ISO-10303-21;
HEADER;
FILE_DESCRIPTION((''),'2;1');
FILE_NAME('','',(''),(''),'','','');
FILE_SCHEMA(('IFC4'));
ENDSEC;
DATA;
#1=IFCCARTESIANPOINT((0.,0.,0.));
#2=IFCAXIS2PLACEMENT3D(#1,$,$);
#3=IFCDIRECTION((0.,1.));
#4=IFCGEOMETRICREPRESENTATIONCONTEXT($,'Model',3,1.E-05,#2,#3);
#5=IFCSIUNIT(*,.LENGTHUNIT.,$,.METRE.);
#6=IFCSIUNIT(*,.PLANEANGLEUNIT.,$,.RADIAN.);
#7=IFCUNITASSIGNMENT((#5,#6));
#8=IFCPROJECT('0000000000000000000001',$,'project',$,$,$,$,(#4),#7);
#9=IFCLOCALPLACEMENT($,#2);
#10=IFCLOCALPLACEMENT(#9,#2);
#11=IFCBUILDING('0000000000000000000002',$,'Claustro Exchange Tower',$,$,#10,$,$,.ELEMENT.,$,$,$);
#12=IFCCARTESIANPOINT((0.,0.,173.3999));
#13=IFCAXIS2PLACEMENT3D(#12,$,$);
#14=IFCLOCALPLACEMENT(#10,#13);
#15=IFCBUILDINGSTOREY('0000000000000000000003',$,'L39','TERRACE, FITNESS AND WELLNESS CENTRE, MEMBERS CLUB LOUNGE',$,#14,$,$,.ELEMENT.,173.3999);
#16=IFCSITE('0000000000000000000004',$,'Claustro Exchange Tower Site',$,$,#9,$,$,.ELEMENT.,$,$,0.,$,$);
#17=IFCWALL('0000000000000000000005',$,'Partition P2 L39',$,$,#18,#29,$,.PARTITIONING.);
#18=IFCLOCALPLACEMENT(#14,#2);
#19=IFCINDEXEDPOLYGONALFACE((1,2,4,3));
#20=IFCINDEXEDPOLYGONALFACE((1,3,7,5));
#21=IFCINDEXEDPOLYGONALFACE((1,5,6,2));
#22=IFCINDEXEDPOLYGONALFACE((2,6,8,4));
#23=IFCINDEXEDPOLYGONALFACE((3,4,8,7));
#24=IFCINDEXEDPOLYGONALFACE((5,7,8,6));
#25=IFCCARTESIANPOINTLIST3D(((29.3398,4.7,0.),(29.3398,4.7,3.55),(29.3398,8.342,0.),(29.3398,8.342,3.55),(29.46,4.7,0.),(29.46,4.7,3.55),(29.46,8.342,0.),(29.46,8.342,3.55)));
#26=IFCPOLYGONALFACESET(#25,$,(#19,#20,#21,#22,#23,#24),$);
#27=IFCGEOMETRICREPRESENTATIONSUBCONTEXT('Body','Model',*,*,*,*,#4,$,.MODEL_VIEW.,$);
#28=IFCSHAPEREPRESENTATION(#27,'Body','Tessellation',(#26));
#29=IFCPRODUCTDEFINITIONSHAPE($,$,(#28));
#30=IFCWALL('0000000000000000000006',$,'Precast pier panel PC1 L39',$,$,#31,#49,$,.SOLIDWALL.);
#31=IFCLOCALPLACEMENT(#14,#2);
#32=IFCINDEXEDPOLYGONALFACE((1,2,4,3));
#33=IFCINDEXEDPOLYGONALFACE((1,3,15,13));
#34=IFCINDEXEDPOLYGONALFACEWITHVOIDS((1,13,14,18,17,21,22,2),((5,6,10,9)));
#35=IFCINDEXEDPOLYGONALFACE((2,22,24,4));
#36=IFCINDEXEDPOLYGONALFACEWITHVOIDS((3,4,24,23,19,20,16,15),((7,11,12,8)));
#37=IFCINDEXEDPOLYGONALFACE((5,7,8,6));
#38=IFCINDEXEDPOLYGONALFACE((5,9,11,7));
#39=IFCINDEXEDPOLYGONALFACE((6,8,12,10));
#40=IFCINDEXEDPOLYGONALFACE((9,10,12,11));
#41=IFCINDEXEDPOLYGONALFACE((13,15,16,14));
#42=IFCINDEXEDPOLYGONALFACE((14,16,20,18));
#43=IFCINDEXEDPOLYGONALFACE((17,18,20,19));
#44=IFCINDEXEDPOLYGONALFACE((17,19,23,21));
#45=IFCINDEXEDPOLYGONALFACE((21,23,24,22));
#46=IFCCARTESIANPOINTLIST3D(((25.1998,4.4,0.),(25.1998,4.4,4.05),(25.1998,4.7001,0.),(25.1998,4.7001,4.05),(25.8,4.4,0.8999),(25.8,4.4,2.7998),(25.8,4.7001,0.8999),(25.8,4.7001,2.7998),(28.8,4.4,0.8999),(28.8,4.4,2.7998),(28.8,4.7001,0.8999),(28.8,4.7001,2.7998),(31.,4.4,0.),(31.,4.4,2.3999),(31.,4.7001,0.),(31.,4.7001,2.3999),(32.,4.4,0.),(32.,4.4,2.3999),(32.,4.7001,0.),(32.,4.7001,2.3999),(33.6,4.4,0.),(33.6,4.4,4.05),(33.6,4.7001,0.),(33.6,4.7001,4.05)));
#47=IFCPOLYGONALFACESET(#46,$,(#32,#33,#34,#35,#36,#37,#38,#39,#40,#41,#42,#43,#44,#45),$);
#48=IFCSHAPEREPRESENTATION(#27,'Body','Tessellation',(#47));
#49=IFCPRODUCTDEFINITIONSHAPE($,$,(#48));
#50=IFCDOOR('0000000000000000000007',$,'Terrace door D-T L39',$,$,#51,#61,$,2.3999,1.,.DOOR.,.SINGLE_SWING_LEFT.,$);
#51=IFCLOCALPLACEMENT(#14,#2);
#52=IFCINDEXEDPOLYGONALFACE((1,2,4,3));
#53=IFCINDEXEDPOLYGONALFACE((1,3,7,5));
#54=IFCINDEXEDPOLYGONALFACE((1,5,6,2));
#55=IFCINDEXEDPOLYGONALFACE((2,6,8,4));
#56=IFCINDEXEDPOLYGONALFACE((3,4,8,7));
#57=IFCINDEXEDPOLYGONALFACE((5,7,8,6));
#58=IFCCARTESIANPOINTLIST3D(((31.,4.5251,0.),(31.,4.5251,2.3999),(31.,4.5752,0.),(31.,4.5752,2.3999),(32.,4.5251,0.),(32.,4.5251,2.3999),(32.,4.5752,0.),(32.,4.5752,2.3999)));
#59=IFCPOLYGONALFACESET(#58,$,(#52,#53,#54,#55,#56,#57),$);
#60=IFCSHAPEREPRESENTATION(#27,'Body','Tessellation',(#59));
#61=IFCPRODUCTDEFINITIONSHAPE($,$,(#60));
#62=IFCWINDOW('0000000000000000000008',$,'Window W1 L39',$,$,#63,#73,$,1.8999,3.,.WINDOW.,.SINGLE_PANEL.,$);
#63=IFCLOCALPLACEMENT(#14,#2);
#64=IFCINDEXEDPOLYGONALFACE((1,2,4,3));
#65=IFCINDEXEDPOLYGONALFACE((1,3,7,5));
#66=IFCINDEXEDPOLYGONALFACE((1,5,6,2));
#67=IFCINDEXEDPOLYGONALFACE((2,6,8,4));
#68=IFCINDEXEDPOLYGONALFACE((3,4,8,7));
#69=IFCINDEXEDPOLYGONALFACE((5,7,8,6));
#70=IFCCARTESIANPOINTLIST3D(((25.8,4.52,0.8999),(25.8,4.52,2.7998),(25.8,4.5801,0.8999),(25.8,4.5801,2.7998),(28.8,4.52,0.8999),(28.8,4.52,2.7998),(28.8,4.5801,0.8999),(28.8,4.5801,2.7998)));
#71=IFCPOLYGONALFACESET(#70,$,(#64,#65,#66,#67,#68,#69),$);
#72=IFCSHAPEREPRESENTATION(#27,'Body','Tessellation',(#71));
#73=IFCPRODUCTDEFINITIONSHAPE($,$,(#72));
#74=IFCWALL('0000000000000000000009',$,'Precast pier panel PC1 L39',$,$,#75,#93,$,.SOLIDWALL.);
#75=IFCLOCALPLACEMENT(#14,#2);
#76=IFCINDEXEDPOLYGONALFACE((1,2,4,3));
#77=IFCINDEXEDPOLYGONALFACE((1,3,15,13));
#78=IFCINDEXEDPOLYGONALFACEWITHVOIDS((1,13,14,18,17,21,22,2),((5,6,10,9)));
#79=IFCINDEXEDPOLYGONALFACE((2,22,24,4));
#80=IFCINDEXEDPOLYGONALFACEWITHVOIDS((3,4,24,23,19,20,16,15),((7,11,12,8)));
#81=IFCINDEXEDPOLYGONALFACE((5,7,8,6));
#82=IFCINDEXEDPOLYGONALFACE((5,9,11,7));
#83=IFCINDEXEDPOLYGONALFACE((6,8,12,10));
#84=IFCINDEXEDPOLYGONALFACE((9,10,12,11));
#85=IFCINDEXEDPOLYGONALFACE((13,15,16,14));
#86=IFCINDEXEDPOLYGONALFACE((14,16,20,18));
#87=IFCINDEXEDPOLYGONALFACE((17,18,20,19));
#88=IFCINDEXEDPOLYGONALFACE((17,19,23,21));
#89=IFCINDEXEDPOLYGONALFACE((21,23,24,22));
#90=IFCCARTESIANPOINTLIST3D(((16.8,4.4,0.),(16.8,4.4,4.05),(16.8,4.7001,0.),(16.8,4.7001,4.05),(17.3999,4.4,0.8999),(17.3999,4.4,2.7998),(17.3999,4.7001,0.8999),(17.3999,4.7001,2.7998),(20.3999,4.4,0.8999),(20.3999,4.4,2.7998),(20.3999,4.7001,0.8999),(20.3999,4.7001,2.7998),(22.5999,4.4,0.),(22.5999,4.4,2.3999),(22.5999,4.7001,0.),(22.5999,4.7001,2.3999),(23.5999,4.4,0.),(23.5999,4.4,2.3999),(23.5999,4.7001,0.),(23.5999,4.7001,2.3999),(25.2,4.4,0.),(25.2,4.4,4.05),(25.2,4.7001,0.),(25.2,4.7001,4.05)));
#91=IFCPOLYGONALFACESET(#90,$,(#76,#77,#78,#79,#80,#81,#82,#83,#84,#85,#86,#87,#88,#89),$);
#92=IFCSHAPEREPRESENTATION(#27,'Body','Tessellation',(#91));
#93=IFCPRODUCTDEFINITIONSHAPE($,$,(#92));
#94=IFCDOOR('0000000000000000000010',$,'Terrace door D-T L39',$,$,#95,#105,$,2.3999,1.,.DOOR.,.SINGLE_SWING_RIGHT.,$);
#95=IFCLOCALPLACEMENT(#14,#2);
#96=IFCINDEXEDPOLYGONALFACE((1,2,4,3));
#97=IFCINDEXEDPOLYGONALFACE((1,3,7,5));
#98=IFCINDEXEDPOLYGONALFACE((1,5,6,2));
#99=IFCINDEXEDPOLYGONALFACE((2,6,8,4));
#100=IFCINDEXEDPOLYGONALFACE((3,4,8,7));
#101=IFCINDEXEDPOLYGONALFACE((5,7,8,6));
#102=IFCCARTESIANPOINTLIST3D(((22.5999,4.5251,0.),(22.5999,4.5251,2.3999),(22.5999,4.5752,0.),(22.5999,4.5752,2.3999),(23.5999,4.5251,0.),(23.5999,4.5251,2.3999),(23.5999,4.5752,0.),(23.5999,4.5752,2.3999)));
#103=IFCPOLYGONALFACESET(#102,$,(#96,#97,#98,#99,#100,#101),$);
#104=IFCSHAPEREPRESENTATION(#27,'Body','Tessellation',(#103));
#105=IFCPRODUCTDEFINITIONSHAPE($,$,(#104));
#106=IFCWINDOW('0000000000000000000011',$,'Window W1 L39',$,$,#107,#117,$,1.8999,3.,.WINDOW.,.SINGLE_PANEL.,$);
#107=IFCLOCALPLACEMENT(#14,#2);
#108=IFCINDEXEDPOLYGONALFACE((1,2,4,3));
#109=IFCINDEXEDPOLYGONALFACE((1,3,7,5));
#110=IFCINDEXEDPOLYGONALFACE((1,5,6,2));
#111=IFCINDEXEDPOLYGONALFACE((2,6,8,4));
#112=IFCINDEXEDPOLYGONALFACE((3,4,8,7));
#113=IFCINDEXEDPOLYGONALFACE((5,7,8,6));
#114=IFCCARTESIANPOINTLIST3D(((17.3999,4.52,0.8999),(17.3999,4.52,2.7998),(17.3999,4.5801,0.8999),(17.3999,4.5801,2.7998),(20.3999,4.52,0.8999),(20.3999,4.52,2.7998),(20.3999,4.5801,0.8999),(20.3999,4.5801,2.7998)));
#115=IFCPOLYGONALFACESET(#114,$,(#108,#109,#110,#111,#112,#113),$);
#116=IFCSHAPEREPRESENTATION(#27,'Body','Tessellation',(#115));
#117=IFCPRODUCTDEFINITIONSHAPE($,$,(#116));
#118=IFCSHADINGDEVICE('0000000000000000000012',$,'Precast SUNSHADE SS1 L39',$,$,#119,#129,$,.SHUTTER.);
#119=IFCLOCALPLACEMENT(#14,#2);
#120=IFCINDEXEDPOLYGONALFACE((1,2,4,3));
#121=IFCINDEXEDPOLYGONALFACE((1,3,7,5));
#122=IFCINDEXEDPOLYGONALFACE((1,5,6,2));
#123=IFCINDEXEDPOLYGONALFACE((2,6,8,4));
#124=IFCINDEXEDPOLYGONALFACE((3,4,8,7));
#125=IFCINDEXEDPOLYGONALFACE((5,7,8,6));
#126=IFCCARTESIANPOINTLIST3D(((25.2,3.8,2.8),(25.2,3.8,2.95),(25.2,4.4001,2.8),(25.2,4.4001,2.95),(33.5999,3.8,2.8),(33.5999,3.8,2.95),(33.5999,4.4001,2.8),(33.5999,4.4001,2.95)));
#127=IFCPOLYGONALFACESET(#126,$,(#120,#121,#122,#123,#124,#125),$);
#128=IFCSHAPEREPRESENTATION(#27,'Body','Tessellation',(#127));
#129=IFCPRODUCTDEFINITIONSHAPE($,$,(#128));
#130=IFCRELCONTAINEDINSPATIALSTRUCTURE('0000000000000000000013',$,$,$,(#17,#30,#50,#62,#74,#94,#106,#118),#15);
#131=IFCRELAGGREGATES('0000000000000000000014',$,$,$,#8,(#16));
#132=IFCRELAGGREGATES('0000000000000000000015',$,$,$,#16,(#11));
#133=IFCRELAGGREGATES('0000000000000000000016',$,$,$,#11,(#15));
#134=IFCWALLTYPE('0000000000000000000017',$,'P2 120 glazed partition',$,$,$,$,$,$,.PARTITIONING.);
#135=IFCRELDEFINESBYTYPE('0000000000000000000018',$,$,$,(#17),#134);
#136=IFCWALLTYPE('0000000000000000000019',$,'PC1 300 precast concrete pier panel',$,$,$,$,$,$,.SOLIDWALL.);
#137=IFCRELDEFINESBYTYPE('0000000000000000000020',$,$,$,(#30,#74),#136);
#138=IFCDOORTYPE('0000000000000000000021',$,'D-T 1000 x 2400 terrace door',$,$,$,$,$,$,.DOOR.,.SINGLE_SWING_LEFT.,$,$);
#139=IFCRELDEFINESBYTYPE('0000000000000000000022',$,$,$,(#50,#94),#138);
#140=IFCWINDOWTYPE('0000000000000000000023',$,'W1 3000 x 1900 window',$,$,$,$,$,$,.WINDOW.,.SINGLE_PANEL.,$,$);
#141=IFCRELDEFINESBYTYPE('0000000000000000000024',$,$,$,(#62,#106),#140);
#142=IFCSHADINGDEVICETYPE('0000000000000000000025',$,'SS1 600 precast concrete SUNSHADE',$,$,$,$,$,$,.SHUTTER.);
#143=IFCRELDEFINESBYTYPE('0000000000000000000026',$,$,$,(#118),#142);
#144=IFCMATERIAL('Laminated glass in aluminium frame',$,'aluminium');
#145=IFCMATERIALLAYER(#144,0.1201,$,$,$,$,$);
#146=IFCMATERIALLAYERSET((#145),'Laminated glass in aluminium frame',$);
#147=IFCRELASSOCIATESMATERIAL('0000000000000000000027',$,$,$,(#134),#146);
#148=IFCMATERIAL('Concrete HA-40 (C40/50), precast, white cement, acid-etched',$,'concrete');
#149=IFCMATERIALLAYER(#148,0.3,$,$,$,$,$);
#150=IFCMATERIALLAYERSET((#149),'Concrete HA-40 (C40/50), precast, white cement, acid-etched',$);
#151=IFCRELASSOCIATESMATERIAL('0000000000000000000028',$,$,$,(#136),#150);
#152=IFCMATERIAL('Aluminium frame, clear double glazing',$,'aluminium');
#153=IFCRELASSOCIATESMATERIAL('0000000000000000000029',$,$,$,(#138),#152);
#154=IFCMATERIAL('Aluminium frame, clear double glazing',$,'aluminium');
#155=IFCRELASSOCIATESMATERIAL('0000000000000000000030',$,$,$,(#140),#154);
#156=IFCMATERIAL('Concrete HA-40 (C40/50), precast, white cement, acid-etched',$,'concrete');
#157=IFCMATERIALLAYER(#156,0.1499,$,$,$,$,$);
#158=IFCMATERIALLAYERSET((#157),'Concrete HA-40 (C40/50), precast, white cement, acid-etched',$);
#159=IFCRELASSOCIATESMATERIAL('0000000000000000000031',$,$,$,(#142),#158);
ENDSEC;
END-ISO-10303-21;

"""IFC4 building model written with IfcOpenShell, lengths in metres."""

from ifc_helpers import new_model, si_unit, direction, frame, frame_2d, origin, origin_2d, place, context, subcontext, project, spatial, rectangle, extrude, material, layer, layer_set, type_object, element, fill, save


model = new_model("IFC4")

# Units and contexts
model_context = context("Model", 3, precision=1e-05, world=origin(), true_north=direction((0.0, 1.0)))
body_context = subcontext(model_context, "Body", "Model", "MODEL_VIEW")
ifc_project = project(units=[si_unit("LENGTHUNIT", "METRE"), si_unit("PLANEANGLEUNIT", "RADIAN")], contexts=[model_context])

# Site, building, storey
site_placement = place(None, origin())
site = spatial("IfcSite", under=ifc_project, at=site_placement, Name="Claustro Exchange Tower Site", CompositionType="ELEMENT", RefElevation=0.0)
building_placement = place(site_placement, origin())
building = spatial("IfcBuilding", under=site, at=building_placement, Name="Claustro Exchange Tower", CompositionType="ELEMENT")
storey_placement = place(building_placement, frame((0.0, 0.0, 173.3999)))
storey = spatial("IfcBuildingStorey", under=building, at=storey_placement, Name="L39", Description="TERRACE, FITNESS AND WELLNESS CENTRE, MEMBERS CLUB LOUNGE", CompositionType="ELEMENT", Elevation=173.3999)

# Shared definitions
ifc_material_1 = material(Name="Laminated glass in aluminium frame", Category="aluminium")
ifc_layer_1 = layer(ifc_material_1, 0.1201)
ifc_layer_set_1 = layer_set([ifc_layer_1], Name="Laminated glass in aluminium frame")
wall_type_1 = type_object("IfcWallType", Name="P2 120 glazed partition", PredefinedType="PARTITIONING", material=ifc_layer_set_1)

# Wall
wall_1_placement = place(storey_placement, frame((29.3999, 4.7, 0.0), z_axis=(0.0, 0.0, 1.0), x_axis=(0.0, 1.0, 0.0)))
element("IfcWall", 1, at=wall_1_placement, inside=storey, type_object=wall_type_1, Name="Partition P2 L39", PredefinedType="PARTITIONING", context=body_context, shape_type="SweptSolid", body=[
    extrude(rectangle(XDim=3.6421, YDim=0.1201, at=frame_2d((1.821, 0.0))), origin(), (0.0, 0.0, 1.0), 3.55),
])

# Walls, openings, doors, windows
ifc_material_2 = material(Name="Concrete HA-40 (C40/50), precast, white cement, acid-etched", Category="concrete")
ifc_layer_2 = layer(ifc_material_2, 0.3)
ifc_layer_set_2 = layer_set([ifc_layer_2], Name="Concrete HA-40 (C40/50), precast, white cement, acid-etched")
wall_type_2 = type_object("IfcWallType", Name="PC1 300 precast concrete pier panel", PredefinedType="SOLIDWALL", material=ifc_layer_set_2)
wall_2_placement = place(storey_placement, frame((33.6001, 4.55, 0.0), z_axis=(0.0, 0.0, 1.0), x_axis=(-1.0, 0.0, 0.0)))
wall_2 = element("IfcWall", 2, at=wall_2_placement, inside=storey, type_object=wall_type_2, Name="Precast pier panel PC1 L39", PredefinedType="SOLIDWALL", context=body_context, shape_type="SweptSolid", body=[
    extrude(rectangle(XDim=8.4001, YDim=0.3, at=frame_2d((4.2002, 0.0))), origin(), (0.0, 0.0, 1.0), 4.05),
])
opening_1_placement = place(wall_2_placement, frame((4.8, 0.0, 0.8999)))
opening_1 = element("IfcOpeningElement", 3, at=opening_1_placement, cuts=wall_2, PredefinedType="OPENING", context=body_context, shape_type="SweptSolid", body=[
    extrude(rectangle(XDim=3.0, YDim=1.8999, at=frame_2d((1.5, 0.95))), frame((0.0, 0.1599, 0.0), z_axis=(0.0, -1.0, 0.0), x_axis=(1.0, 0.0, 0.0)), (0.0, 0.0, 1.0), 0.3201),
])
opening_2_placement = place(wall_2_placement, frame((1.6001, 0.0, 0.0)))
opening_2 = element("IfcOpeningElement", 4, at=opening_2_placement, cuts=wall_2, PredefinedType="OPENING", context=body_context, shape_type="SweptSolid", body=[
    extrude(rectangle(XDim=1.0, YDim=2.3999, at=frame_2d((0.5, 1.2))), frame((0.0, 0.1599, 0.0), z_axis=(0.0, -1.0, 0.0), x_axis=(1.0, 0.0, 0.0)), (0.0, 0.0, 1.0), 0.3201),
])
ifc_material_3 = material(Name="Aluminium frame, clear double glazing", Category="aluminium")
door_type_1 = type_object("IfcDoorType", Name="D-T 1000 x 2400 terrace door", OperationType="SINGLE_SWING_LEFT", PredefinedType="DOOR", material=ifc_material_3)
door_1_placement = place(opening_2_placement, origin())
door_1 = element("IfcDoor", 5, at=door_1_placement, inside=storey, type_object=door_type_1, Name="Terrace door D-T L39", OperationType="SINGLE_SWING_LEFT", OverallHeight=2.3999, OverallWidth=1.0, PredefinedType="DOOR", context=body_context, shape_type="SweptSolid", body=[
    extrude(rectangle(XDim=1.0, YDim=2.3999, at=frame_2d((0.5, 1.2))), frame((0.0, 0.0249, 0.0), z_axis=(0.0, -1.0, 0.0), x_axis=(1.0, 0.0, 0.0)), (0.0, 0.0, 1.0), 0.05),
])
fill(opening_2, door_1)
ifc_material_4 = material(Name="Aluminium frame, clear double glazing", Category="aluminium")
window_type = type_object("IfcWindowType", Name="W1 3000 x 1900 window", PartitioningType="SINGLE_PANEL", PredefinedType="WINDOW", material=ifc_material_4)
window_1_placement = place(opening_1_placement, origin())
window_1 = element("IfcWindow", 6, at=window_1_placement, inside=storey, type_object=window_type, Name="Window W1 L39", OverallHeight=1.8999, OverallWidth=3.0, PartitioningType="SINGLE_PANEL", PredefinedType="WINDOW", context=body_context, shape_type="SweptSolid", body=[
    extrude(rectangle(XDim=3.0, YDim=1.8999, at=frame_2d((1.5, 0.95))), frame((0.0, 0.03, 0.0), z_axis=(0.0, -1.0, 0.0), x_axis=(1.0, 0.0, 0.0)), (0.0, 0.0, 1.0), 0.0601),
])
fill(opening_1, window_1)
wall_3_placement = place(storey_placement, frame((25.2, 4.55, 0.0), z_axis=(0.0, 0.0, 1.0), x_axis=(-1.0, 0.0, 0.0)))
wall_3 = element("IfcWall", 7, at=wall_3_placement, inside=storey, type_object=wall_type_2, Name="Precast pier panel PC1 L39", PredefinedType="SOLIDWALL", context=body_context, shape_type="SweptSolid", body=[
    extrude(rectangle(XDim=8.3999, YDim=0.3, at=frame_2d((4.2, 0.0))), origin(), (0.0, 0.0, 1.0), 4.05),
])
opening_3_placement = place(wall_3_placement, frame((4.8, 0.0, 0.8999)))
opening_3 = element("IfcOpeningElement", 8, at=opening_3_placement, cuts=wall_3, PredefinedType="OPENING", context=body_context, shape_type="SweptSolid", body=[
    extrude(rectangle(XDim=3.0, YDim=1.8999, at=frame_2d((1.5, 0.95))), frame((0.0, 0.1599, 0.0), z_axis=(0.0, -1.0, 0.0), x_axis=(1.0, 0.0, 0.0)), (0.0, 0.0, 1.0), 0.3201),
])
opening_4_placement = place(wall_3_placement, frame((1.6001, 0.0, 0.0)))
opening_4 = element("IfcOpeningElement", 9, at=opening_4_placement, cuts=wall_3, PredefinedType="OPENING", context=body_context, shape_type="SweptSolid", body=[
    extrude(rectangle(XDim=1.0, YDim=2.3999, at=frame_2d((0.5, 1.2))), frame((0.0, 0.1599, 0.0), z_axis=(0.0, -1.0, 0.0), x_axis=(1.0, 0.0, 0.0)), (0.0, 0.0, 1.0), 0.3201),
])
door_2_placement = place(opening_4_placement, origin())
door_2 = element("IfcDoor", 10, at=door_2_placement, inside=storey, type_object=door_type_1, Name="Terrace door D-T L39", OperationType="SINGLE_SWING_RIGHT", OverallHeight=2.3999, OverallWidth=1.0, PredefinedType="DOOR", context=body_context, shape_type="SweptSolid", body=[
    extrude(rectangle(XDim=1.0, YDim=2.3999, at=frame_2d((0.5, 1.2))), frame((0.0, 0.0249, 0.0), z_axis=(0.0, -1.0, 0.0), x_axis=(1.0, 0.0, 0.0)), (0.0, 0.0, 1.0), 0.05),
])
fill(opening_4, door_2)
window_2_placement = place(opening_3_placement, origin())
window_2 = element("IfcWindow", 11, at=window_2_placement, inside=storey, type_object=window_type, Name="Window W1 L39", OverallHeight=1.8999, OverallWidth=3.0, PartitioningType="SINGLE_PANEL", PredefinedType="WINDOW", context=body_context, shape_type="SweptSolid", body=[
    extrude(rectangle(XDim=3.0, YDim=1.8999, at=frame_2d((1.5, 0.95))), frame((0.0, 0.03, 0.0), z_axis=(0.0, -1.0, 0.0), x_axis=(1.0, 0.0, 0.0)), (0.0, 0.0, 1.0), 0.0601),
])
fill(opening_3, window_2)

# Shading device
ifc_material_5 = material(Name="Concrete HA-40 (C40/50), precast, white cement, acid-etched", Category="concrete")
ifc_layer_3 = layer(ifc_material_5, 0.1499)
ifc_layer_set_3 = layer_set([ifc_layer_3], Name="Concrete HA-40 (C40/50), precast, white cement, acid-etched")
shading_device_type = type_object("IfcShadingDeviceType", Name="SS1 600 precast concrete SUNSHADE", PredefinedType="SHUTTER", material=ifc_layer_set_3)
shading_device_placement = place(storey_placement, frame((29.3999, 4.1001, 2.8), z_axis=(0.0, 0.0, 1.0), x_axis=(-1.0, 0.0, 0.0)))
element("IfcShadingDevice", 12, at=shading_device_placement, inside=storey, type_object=shading_device_type, Name="Precast SUNSHADE SS1 L39", PredefinedType="SHUTTER", context=body_context, shape_type="SweptSolid", body=[
    extrude(rectangle(XDim=8.3999, YDim=0.6001, at=origin_2d()), origin(), (0.0, 0.0, 1.0), 0.1499),
])

save(model, "model.ifc")
